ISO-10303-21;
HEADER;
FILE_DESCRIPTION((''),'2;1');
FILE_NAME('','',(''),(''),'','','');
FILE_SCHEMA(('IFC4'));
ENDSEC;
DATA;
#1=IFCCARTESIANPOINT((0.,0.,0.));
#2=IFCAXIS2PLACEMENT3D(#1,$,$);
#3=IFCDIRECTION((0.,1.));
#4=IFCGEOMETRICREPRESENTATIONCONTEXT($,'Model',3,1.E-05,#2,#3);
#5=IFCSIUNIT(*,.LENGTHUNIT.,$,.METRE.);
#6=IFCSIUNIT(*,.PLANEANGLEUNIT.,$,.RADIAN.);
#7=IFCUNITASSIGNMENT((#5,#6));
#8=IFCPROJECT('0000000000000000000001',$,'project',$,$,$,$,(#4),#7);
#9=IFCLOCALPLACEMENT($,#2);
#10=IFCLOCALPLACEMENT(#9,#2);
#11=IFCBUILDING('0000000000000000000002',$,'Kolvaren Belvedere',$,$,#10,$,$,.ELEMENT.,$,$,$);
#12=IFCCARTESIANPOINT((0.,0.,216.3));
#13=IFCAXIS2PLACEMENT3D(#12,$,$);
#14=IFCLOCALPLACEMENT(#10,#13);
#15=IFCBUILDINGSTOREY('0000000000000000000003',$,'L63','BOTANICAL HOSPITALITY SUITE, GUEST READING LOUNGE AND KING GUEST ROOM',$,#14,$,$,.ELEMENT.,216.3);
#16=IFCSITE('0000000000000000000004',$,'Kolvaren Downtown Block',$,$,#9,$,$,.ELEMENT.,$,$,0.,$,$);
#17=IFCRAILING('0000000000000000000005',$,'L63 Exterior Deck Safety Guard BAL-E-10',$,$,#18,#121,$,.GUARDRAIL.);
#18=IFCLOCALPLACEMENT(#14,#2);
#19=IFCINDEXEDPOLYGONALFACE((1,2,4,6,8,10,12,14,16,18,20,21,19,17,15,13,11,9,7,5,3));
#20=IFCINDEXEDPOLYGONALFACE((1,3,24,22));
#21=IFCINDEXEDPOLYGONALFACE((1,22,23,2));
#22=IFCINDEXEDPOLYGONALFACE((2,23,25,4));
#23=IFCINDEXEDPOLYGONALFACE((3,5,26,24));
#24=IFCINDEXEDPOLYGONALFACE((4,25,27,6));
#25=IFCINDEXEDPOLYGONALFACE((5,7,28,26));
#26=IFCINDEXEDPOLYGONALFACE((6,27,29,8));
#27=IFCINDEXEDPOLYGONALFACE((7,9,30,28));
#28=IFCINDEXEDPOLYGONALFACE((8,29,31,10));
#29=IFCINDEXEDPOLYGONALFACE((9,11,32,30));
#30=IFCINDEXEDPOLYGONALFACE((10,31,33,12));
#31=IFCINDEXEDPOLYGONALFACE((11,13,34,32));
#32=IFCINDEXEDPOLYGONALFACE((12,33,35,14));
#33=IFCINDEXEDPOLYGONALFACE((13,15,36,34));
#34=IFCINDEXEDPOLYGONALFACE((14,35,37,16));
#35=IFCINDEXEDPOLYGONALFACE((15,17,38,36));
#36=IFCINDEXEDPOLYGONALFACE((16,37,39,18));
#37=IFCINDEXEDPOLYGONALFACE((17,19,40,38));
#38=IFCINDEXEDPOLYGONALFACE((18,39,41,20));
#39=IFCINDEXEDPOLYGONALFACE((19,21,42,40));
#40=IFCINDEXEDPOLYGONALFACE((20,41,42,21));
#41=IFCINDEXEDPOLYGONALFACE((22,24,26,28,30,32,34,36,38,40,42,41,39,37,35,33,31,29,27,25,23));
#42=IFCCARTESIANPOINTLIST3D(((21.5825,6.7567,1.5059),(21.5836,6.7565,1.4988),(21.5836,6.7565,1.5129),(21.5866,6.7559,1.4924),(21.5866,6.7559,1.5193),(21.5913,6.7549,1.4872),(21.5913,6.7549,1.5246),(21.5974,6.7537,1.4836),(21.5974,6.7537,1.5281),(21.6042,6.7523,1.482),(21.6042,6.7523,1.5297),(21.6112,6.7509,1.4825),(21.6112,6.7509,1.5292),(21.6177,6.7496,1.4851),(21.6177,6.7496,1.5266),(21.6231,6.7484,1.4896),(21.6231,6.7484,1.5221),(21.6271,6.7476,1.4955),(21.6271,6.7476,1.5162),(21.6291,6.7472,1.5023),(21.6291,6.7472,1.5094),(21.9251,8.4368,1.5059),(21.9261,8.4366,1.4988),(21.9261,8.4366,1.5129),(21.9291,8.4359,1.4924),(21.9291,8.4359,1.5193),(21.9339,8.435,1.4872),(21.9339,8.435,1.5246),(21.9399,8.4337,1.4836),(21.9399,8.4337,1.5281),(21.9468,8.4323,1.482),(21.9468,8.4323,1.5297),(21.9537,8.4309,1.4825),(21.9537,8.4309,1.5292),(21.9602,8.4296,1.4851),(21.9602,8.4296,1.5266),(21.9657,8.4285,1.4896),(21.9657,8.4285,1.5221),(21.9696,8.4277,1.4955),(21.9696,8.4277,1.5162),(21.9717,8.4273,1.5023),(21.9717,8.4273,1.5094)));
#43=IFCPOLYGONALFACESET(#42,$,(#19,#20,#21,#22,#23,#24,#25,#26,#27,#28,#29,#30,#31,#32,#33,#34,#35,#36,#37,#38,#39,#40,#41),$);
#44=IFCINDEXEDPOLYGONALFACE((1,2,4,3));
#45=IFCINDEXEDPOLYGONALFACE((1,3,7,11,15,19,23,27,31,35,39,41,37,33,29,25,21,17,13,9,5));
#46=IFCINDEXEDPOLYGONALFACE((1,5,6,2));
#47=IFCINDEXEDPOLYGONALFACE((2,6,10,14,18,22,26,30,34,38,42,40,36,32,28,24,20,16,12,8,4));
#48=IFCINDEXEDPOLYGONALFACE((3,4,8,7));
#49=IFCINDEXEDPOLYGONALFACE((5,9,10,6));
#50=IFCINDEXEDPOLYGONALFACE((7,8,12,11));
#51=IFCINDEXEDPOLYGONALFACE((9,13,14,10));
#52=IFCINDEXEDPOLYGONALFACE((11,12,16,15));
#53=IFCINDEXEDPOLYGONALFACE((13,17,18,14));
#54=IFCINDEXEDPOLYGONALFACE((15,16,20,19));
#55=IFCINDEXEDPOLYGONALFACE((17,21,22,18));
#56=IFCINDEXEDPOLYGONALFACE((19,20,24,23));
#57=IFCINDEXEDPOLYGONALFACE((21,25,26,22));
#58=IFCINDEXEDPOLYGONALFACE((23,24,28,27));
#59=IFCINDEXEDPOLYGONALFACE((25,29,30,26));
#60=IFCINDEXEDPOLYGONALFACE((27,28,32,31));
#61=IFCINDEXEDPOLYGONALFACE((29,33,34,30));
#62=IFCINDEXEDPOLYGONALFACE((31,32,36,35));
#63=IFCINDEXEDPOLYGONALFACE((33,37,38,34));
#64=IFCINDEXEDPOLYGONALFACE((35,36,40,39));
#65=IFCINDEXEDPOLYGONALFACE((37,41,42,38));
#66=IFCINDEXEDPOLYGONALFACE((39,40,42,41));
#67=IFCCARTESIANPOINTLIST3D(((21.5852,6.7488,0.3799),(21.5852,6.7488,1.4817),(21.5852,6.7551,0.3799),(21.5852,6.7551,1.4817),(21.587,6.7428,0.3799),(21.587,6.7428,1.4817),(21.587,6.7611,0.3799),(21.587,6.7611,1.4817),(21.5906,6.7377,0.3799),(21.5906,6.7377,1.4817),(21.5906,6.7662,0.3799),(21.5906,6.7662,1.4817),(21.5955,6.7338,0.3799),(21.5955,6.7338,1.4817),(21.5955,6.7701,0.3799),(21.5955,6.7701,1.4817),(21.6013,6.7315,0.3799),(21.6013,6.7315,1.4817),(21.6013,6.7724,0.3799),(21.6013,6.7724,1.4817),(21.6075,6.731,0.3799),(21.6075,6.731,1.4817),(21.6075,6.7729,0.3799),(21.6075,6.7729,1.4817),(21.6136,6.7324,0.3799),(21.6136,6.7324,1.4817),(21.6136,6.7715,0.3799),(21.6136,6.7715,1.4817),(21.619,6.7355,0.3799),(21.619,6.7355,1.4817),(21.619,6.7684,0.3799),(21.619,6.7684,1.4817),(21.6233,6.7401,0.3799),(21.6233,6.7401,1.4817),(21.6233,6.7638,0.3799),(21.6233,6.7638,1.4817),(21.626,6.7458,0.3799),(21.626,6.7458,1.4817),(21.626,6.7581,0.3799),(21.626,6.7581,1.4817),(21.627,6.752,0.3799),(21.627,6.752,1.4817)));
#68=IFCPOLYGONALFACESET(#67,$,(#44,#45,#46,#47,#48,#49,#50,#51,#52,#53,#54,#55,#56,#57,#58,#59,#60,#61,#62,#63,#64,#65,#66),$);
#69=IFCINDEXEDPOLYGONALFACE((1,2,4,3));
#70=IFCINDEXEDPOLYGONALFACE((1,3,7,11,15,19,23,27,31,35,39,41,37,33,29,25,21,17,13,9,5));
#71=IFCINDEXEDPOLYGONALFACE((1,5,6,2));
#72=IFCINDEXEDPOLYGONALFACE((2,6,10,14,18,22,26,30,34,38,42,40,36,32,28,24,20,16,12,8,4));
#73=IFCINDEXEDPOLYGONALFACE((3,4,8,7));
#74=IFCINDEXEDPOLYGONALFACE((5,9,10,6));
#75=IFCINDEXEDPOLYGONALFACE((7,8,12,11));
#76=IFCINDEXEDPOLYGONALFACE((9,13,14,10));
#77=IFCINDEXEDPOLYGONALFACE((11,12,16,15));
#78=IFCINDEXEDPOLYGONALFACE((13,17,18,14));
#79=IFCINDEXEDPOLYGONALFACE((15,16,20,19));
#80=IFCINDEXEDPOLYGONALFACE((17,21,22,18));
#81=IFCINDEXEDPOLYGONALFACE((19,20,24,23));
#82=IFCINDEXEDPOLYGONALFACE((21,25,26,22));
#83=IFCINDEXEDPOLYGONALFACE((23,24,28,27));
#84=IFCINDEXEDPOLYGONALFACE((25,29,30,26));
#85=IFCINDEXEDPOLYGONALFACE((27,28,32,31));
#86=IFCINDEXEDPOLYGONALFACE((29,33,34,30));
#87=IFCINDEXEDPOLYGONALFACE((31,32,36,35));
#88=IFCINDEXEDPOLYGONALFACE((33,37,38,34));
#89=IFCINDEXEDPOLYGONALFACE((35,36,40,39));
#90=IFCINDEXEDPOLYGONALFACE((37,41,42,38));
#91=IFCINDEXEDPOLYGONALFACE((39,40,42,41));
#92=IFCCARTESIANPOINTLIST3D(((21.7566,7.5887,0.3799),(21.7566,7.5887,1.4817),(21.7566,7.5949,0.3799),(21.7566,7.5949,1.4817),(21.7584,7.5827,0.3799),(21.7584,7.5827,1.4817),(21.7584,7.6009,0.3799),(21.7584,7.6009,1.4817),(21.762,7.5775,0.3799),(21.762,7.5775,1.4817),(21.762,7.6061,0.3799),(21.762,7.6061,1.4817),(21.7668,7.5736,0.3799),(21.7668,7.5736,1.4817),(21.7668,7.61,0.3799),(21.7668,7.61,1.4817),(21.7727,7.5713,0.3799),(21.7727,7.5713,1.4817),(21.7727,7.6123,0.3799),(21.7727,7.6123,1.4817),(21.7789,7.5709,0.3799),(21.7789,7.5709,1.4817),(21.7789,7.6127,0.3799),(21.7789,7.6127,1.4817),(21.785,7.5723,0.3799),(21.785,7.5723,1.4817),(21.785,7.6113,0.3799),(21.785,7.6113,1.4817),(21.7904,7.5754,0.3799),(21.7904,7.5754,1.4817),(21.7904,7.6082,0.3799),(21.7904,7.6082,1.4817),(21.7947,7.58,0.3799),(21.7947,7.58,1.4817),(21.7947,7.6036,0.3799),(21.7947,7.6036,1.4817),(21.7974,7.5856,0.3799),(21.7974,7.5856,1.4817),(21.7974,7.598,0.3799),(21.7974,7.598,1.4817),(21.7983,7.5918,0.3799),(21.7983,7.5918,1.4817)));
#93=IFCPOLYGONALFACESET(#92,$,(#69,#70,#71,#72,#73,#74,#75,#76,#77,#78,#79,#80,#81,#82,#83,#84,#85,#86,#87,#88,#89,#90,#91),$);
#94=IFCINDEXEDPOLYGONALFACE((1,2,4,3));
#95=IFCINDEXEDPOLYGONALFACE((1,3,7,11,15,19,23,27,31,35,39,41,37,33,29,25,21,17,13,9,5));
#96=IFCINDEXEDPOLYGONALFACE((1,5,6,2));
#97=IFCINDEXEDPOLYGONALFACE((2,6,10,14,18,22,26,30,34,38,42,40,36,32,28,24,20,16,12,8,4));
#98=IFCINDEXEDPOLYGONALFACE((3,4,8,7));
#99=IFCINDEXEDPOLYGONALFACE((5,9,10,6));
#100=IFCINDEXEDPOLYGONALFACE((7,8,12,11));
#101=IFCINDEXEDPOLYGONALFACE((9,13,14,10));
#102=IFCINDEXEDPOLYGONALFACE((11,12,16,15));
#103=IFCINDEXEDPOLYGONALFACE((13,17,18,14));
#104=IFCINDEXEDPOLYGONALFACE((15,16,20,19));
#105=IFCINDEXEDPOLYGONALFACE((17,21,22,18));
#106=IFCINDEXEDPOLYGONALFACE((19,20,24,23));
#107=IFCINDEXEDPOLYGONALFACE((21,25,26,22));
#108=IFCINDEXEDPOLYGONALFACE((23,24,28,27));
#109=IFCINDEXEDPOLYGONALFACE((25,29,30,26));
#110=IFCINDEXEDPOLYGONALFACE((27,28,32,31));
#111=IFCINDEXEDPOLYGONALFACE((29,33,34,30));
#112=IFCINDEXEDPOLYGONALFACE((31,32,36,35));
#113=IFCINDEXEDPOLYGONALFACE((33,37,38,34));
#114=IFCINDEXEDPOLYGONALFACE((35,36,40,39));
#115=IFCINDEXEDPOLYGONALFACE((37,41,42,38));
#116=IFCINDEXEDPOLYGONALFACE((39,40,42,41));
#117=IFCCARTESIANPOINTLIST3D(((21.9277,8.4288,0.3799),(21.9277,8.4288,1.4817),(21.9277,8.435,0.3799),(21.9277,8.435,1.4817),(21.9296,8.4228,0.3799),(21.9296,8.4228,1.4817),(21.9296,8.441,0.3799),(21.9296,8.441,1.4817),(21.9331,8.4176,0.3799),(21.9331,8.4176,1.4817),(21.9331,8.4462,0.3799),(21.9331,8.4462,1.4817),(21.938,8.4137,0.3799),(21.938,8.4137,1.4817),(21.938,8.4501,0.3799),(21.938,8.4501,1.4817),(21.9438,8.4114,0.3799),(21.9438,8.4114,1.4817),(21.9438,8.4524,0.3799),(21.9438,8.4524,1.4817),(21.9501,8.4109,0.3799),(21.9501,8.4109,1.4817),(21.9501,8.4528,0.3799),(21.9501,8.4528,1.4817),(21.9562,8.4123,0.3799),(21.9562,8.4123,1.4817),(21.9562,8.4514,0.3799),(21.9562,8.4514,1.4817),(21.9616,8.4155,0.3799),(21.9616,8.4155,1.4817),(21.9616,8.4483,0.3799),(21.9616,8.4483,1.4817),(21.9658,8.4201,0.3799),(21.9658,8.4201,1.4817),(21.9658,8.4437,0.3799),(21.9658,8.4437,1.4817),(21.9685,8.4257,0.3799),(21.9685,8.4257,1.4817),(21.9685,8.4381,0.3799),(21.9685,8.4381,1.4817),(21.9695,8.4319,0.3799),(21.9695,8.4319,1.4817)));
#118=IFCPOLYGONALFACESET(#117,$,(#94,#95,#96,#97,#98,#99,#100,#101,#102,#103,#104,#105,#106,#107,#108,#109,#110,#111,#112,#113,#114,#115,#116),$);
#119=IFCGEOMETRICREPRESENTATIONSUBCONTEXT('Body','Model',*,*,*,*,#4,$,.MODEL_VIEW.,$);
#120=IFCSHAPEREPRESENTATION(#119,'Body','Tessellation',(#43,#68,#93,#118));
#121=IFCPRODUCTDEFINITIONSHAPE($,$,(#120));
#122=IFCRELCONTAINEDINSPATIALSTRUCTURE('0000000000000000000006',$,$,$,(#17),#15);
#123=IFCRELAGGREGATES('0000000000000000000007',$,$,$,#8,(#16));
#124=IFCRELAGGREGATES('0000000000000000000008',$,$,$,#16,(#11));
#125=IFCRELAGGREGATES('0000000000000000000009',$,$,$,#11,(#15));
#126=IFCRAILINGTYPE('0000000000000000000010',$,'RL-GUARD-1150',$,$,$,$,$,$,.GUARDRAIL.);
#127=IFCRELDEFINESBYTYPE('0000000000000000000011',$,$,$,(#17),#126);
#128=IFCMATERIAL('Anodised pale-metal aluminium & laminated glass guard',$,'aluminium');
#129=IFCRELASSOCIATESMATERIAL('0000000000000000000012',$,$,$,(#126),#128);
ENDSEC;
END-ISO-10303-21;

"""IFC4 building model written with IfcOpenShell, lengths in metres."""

from ifc_helpers import new_model, si_unit, direction, frame, origin, origin_2d, place, context, subcontext, project, spatial, circle, extrude, material, type_object, element, save


model = new_model("IFC4")

# Units and contexts
model_context = context("Model", 3, precision=1e-05, world=origin(), true_north=direction((0.0, 1.0)))
body_context = subcontext(model_context, "Body", "Model", "MODEL_VIEW")
ifc_project = project(units=[si_unit("LENGTHUNIT", "METRE"), si_unit("PLANEANGLEUNIT", "RADIAN")], contexts=[model_context])

# Site, building, storey
site_placement = place(None, origin())
site = spatial("IfcSite", under=ifc_project, at=site_placement, Name="Kolvaren Downtown Block", CompositionType="ELEMENT", RefElevation=0.0)
building_placement = place(site_placement, origin())
building = spatial("IfcBuilding", under=site, at=building_placement, Name="Kolvaren Belvedere", CompositionType="ELEMENT")
storey_placement = place(building_placement, frame((0.0, 0.0, 216.3)))
storey = spatial("IfcBuildingStorey", under=building, at=storey_placement, Name="L63", Description="BOTANICAL HOSPITALITY SUITE, GUEST READING LOUNGE AND KING GUEST ROOM", CompositionType="ELEMENT", Elevation=216.3)

# Railing
ifc_material_1 = material(Name="Anodised pale-metal aluminium & laminated glass guard", Category="aluminium")
railing_type = type_object("IfcRailingType", Name="RL-GUARD-1150", PredefinedType="GUARDRAIL", material=ifc_material_1)
railing_1_placement = place(storey_placement, frame((21.606, 6.752, 0.3799)))
element("IfcRailing", 1, at=railing_1_placement, inside=storey, type_object=railing_type, Name="L63 Exterior Deck Safety Guard BAL-E-10", PredefinedType="GUARDRAIL", context=body_context, shape_type="SweptSolid", body=[
    extrude(circle(Radius=0.0239, at=origin_2d()), frame((0.0, 0.0, 1.126), z_axis=(0.199784, 0.97984, 0.0), x_axis=(-0.97984, 0.199784, 0.0)), (0.0, 0.0, 1.0), 1.7146),
    extrude(circle(Radius=0.021, at=origin_2d()), origin(), (0.0, 0.0, 1.0), 1.1018),
    extrude(circle(Radius=0.021, at=origin_2d()), frame((0.1714, 0.8398, 0.0)), (0.0, 0.0, 1.0), 1.1018),
    extrude(circle(Radius=0.021, at=origin_2d()), frame((0.3425, 1.6799, 0.0)), (0.0, 0.0, 1.0), 1.1018),
])

save(model, "model.ifc")
